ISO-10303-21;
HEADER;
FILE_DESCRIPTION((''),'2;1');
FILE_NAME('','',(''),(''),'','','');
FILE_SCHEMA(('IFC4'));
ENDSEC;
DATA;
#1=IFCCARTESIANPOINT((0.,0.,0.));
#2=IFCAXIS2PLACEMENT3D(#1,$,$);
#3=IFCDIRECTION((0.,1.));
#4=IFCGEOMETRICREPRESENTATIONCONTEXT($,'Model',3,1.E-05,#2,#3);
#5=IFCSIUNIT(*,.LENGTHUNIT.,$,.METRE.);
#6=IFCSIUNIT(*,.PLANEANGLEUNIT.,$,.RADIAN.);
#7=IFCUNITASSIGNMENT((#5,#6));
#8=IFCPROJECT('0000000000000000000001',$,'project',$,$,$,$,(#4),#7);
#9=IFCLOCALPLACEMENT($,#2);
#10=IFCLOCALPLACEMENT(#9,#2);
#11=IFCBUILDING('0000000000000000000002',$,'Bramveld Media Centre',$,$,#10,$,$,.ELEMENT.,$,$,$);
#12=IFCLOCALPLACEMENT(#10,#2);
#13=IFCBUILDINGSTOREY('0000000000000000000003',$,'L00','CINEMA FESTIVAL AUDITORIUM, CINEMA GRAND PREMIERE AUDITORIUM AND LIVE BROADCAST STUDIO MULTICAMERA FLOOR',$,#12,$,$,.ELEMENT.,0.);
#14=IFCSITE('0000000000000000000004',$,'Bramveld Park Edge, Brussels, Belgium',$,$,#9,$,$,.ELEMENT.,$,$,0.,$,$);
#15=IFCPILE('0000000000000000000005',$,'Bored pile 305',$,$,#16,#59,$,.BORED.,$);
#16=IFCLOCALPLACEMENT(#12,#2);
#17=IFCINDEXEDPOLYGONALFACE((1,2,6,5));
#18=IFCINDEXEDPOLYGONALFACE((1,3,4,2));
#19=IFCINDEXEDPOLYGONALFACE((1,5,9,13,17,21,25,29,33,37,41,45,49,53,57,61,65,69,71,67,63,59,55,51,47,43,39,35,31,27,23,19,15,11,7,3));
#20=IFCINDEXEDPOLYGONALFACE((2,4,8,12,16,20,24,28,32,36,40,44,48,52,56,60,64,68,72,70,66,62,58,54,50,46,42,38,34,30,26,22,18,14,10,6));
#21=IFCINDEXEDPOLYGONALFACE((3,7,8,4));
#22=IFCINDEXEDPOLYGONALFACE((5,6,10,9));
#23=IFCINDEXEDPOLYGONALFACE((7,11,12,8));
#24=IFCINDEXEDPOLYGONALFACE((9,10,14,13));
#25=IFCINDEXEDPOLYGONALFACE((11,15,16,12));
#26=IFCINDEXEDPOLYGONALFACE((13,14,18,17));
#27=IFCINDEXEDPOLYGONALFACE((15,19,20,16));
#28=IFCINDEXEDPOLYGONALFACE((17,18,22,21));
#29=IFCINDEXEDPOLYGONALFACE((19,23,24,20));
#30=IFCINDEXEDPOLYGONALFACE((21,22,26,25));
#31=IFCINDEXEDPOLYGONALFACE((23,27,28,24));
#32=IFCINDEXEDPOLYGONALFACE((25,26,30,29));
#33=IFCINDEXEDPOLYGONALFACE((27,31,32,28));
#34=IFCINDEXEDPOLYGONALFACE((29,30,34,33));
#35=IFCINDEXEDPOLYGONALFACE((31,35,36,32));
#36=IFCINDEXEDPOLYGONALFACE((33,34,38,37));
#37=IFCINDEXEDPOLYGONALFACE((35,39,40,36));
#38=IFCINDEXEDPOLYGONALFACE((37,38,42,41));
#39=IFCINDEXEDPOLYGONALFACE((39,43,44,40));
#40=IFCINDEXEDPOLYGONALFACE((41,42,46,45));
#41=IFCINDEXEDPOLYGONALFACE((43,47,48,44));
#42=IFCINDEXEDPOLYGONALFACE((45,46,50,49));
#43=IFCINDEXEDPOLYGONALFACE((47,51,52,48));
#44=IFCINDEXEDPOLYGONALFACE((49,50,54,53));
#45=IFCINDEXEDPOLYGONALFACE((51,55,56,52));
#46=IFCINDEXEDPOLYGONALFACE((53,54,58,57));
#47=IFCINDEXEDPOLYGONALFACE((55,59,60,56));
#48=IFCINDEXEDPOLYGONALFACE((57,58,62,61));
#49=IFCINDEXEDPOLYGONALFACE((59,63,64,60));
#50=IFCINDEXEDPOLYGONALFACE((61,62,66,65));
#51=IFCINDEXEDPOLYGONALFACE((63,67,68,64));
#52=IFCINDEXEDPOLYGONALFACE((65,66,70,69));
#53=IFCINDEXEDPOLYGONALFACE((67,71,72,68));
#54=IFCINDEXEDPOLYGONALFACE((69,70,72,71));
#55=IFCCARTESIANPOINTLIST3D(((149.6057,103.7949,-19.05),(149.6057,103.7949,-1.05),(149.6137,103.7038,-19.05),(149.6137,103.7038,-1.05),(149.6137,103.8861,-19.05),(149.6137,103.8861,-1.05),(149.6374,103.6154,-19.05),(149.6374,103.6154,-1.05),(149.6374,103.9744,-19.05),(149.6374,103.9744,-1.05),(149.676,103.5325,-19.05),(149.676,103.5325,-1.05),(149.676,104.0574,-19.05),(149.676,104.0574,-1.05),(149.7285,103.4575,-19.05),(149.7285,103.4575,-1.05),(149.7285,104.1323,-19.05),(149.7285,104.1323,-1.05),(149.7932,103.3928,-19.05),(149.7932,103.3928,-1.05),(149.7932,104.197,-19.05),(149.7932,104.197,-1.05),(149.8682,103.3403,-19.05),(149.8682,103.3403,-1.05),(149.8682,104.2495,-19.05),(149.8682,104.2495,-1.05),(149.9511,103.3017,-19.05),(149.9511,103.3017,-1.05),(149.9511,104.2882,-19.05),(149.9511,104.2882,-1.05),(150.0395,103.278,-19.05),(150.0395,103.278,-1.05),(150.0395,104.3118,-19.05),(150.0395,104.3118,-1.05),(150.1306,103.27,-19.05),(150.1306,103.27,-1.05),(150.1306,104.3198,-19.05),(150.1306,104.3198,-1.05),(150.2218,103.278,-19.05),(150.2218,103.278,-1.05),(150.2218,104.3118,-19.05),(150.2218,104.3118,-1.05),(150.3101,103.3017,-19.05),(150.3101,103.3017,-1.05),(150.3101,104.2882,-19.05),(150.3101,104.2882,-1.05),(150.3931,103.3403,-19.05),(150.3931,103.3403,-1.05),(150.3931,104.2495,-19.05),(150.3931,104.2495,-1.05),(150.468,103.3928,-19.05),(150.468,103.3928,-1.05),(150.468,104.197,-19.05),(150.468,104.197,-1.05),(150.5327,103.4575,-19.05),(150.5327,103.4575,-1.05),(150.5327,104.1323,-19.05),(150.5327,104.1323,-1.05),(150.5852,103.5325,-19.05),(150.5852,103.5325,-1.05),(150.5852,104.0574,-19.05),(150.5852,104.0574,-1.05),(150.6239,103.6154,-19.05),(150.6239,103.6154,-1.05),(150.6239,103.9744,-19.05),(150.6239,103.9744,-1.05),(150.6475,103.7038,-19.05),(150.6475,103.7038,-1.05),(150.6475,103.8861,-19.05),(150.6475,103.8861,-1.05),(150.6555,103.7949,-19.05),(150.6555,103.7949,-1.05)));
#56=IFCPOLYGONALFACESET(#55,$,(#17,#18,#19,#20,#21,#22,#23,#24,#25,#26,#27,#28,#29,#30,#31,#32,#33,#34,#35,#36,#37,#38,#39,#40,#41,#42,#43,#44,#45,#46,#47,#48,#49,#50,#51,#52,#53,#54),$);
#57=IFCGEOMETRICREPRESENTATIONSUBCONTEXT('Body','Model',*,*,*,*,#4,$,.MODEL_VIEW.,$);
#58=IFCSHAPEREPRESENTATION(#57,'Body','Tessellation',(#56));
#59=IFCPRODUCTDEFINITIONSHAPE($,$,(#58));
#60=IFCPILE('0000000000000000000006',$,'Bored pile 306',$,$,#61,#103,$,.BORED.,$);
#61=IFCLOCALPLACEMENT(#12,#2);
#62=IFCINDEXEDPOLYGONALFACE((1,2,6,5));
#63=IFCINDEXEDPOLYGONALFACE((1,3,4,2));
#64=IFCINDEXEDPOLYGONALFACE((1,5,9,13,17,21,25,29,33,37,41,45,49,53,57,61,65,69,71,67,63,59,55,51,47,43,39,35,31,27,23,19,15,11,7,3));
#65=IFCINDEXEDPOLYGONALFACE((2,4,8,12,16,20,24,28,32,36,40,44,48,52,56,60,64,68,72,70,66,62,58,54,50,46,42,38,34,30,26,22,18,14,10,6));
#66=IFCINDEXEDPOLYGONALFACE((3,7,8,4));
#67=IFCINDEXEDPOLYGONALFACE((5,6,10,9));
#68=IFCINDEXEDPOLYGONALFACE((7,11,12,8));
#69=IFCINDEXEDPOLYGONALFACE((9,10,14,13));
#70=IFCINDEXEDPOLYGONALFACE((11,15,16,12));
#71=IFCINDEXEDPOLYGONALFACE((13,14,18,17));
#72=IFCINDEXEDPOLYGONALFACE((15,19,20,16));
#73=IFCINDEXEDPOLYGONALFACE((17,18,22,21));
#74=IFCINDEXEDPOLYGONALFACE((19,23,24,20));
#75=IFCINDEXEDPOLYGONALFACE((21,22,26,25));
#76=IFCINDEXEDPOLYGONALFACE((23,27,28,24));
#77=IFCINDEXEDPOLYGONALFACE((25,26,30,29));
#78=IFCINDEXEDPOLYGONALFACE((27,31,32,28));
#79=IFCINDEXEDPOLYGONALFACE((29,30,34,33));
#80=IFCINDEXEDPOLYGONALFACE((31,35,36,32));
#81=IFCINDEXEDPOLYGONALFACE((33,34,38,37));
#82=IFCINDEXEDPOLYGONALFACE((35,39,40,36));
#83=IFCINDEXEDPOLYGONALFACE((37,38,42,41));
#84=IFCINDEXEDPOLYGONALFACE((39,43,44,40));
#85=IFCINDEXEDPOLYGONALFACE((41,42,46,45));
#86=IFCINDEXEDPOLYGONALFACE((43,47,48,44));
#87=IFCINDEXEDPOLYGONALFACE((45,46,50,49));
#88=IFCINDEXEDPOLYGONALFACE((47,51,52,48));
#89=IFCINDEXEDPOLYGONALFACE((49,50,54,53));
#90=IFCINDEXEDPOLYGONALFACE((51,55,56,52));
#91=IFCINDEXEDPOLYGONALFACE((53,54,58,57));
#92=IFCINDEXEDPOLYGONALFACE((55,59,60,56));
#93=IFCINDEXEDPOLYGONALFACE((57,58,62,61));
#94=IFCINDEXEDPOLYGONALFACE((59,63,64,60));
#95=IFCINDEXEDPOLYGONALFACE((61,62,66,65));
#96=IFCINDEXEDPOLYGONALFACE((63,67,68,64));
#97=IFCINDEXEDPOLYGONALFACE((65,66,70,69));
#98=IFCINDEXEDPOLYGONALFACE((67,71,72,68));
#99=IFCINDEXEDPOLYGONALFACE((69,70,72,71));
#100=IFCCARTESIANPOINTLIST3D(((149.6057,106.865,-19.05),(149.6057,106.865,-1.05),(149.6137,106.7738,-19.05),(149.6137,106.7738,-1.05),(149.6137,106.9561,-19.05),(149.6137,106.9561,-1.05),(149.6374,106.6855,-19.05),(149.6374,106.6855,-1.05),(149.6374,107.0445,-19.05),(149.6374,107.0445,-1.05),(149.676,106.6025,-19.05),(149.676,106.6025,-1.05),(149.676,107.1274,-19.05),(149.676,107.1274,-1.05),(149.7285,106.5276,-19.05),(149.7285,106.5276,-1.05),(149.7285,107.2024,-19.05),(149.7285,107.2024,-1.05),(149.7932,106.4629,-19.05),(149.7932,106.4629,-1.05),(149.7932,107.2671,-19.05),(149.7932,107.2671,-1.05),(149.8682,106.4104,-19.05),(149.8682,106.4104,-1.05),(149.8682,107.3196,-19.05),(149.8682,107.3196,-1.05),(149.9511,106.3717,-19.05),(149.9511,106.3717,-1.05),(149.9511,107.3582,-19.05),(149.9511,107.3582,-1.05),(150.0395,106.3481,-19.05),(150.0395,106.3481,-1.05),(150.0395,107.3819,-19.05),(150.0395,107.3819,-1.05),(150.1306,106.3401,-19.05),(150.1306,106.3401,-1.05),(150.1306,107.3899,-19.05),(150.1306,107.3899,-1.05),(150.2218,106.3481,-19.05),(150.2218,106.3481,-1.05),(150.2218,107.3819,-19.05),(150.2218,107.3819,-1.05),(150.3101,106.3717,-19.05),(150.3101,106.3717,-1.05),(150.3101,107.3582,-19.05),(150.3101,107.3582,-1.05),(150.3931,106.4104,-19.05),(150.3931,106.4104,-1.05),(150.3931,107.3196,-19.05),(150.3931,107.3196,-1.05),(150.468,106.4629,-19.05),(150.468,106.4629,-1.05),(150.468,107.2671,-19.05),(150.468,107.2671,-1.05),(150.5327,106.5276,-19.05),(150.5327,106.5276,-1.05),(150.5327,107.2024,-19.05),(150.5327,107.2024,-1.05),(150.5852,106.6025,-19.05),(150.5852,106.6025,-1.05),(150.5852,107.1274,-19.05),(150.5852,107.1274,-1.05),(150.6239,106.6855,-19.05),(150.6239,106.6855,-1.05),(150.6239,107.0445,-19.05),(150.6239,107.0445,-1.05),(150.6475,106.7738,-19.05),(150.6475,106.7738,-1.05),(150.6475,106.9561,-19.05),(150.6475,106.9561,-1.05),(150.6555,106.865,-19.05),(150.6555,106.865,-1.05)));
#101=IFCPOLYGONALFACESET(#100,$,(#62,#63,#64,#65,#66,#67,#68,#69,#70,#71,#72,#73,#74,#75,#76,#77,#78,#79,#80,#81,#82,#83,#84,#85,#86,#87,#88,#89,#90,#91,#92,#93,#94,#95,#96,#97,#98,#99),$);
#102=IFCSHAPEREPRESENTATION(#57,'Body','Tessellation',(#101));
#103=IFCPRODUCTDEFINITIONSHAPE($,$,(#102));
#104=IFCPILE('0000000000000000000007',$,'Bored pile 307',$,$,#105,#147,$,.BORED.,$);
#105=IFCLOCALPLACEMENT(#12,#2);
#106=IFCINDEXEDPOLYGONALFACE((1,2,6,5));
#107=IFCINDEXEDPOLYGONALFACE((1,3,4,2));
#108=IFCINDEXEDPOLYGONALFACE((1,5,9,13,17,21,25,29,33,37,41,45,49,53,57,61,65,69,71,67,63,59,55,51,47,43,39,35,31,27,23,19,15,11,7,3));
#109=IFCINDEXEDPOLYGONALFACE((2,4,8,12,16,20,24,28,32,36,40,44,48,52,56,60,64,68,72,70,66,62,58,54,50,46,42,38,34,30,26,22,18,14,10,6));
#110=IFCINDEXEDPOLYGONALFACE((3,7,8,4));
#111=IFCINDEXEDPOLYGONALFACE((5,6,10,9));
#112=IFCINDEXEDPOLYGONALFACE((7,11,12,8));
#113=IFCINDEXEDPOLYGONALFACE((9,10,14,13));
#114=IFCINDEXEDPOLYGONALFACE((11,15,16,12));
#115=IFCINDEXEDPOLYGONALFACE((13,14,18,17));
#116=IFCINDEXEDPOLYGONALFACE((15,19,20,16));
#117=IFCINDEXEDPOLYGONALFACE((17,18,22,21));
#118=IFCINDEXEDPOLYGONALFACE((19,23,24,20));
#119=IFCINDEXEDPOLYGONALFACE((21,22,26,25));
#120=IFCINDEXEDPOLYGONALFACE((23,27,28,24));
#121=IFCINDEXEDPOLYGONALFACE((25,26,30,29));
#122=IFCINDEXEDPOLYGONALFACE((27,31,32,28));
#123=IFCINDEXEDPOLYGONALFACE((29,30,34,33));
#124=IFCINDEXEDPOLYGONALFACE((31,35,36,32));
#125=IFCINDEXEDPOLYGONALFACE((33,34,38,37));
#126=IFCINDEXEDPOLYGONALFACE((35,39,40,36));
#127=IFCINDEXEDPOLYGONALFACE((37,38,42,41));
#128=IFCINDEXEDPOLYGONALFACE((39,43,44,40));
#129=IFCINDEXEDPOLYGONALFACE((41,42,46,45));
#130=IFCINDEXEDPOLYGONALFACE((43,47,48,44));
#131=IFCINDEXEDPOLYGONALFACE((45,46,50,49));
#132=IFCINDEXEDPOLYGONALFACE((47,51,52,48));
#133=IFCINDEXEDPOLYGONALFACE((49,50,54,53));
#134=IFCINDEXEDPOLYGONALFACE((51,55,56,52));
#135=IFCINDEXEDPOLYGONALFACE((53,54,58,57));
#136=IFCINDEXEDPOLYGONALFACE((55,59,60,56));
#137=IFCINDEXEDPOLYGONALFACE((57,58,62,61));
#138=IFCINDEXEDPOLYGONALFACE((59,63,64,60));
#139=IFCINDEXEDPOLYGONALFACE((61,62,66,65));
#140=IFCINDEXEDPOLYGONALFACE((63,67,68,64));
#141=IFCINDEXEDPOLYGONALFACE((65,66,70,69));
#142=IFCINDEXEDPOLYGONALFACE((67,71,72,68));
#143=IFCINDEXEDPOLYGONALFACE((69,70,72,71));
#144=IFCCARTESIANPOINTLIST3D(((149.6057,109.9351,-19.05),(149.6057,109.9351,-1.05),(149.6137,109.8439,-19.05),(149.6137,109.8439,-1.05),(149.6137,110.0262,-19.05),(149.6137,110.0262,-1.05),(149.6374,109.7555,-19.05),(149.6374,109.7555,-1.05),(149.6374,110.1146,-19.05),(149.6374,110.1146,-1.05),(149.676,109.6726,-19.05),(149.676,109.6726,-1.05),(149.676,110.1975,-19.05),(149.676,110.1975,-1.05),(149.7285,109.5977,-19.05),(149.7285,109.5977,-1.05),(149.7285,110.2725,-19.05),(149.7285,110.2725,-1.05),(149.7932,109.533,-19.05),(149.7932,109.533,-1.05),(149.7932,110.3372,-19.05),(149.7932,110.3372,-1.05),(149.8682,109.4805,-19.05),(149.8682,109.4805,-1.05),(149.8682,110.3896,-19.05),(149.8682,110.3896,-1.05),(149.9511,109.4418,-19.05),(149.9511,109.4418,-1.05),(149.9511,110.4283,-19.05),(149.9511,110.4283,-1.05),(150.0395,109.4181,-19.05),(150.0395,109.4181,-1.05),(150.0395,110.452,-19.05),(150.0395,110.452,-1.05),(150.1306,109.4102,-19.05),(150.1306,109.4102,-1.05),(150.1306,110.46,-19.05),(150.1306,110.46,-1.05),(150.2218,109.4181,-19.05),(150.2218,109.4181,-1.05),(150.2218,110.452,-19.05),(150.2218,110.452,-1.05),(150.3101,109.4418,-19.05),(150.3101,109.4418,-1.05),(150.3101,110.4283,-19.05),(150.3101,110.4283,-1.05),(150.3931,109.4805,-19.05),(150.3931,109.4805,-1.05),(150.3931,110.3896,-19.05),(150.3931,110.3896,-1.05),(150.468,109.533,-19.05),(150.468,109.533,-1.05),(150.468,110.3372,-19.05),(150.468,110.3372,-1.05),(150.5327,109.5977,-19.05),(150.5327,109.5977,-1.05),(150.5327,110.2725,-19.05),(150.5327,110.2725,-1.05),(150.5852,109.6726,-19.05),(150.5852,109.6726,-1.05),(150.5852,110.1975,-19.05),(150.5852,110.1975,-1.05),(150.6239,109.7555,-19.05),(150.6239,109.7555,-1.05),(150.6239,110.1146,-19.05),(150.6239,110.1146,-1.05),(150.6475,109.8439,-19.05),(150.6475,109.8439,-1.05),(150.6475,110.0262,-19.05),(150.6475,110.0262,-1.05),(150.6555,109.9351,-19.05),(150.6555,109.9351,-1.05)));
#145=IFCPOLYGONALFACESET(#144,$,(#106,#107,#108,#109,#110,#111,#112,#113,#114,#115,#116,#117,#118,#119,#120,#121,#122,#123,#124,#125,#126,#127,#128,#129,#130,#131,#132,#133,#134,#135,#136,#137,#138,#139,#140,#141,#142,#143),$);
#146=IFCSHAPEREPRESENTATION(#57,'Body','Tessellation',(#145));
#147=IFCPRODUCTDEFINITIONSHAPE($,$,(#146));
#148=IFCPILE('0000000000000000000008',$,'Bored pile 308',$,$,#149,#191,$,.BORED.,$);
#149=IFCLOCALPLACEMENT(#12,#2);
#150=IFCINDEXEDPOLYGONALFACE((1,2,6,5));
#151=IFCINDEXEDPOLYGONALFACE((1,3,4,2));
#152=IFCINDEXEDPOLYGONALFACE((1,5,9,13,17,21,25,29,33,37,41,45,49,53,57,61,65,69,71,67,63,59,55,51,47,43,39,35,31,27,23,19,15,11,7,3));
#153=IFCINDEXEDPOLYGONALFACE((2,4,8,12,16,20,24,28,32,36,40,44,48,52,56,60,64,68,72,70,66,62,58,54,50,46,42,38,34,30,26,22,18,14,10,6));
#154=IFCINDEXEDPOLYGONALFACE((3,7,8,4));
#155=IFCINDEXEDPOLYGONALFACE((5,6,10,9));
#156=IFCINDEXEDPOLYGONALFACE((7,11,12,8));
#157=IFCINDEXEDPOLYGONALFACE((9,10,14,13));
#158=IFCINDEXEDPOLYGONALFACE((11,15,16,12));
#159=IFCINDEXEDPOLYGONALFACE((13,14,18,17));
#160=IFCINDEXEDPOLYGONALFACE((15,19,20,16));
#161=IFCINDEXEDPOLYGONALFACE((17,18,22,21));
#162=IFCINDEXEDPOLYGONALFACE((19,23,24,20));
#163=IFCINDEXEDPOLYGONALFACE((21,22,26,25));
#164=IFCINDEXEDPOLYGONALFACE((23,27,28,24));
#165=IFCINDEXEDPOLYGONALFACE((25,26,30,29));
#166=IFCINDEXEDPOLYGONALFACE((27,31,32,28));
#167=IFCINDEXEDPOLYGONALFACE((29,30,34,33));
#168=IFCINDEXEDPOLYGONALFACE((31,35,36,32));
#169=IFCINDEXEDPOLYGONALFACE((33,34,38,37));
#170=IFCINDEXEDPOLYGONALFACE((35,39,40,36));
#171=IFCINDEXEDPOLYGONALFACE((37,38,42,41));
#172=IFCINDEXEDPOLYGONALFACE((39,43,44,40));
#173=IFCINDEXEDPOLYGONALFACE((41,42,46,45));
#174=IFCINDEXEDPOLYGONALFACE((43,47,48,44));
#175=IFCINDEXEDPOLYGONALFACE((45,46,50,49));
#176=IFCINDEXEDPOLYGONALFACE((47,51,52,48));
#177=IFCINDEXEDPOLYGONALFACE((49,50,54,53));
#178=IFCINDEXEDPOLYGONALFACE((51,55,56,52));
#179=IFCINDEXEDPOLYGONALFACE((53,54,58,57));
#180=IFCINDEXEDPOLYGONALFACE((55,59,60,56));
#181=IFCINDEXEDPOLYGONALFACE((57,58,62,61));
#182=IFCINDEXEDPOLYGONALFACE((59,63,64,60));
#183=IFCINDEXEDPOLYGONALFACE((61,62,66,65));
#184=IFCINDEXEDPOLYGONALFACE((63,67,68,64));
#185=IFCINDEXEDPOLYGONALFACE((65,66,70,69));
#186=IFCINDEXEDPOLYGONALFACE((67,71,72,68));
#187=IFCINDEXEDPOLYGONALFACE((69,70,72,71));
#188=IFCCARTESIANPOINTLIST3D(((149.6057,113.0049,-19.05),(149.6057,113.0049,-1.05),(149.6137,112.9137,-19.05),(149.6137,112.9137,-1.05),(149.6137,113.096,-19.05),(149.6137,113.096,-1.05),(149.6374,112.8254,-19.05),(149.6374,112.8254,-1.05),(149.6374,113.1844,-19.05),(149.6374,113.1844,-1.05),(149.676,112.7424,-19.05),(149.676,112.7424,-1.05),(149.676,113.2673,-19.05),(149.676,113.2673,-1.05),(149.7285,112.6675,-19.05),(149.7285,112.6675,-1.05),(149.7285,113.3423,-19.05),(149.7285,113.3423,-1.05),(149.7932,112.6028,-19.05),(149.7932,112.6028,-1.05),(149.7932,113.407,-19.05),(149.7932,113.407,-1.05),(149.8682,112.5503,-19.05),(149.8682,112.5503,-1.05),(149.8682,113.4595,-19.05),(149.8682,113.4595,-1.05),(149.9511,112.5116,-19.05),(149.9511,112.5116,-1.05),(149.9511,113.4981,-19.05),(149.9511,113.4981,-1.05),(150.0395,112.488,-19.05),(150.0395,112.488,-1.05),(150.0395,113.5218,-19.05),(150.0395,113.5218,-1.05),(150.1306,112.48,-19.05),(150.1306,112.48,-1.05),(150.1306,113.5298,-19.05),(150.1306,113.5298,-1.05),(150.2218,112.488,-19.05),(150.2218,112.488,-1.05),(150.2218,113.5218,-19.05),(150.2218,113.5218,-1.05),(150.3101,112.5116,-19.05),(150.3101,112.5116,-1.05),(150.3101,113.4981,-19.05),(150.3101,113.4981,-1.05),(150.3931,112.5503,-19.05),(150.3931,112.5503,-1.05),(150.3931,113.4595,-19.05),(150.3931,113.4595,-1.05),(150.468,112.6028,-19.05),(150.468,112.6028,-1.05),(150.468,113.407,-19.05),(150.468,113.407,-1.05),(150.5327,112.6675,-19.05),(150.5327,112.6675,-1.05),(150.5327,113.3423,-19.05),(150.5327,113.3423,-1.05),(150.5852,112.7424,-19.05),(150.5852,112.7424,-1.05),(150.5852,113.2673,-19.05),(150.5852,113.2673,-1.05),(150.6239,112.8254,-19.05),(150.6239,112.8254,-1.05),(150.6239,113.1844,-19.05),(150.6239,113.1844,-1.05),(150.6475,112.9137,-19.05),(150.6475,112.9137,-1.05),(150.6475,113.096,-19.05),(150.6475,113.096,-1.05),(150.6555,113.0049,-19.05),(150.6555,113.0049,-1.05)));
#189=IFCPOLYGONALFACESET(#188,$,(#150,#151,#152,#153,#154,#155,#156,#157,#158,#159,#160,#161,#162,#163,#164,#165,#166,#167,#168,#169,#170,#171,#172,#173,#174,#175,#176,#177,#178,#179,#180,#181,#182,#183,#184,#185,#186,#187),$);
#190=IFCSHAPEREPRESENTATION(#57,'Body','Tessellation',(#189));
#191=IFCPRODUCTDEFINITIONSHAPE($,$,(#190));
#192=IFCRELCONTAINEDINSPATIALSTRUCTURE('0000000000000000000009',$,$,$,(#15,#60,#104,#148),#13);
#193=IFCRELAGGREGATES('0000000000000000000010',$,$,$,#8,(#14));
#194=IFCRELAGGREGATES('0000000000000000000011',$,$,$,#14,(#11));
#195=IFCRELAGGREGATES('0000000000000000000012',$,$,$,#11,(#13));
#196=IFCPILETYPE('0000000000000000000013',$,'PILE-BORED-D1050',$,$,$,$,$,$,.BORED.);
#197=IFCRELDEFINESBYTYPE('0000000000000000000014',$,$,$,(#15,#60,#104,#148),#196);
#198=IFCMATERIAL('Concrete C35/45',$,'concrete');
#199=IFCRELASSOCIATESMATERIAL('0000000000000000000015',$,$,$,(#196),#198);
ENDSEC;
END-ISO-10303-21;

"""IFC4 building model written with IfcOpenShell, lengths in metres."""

from ifc_helpers import new_model, si_unit, direction, frame, origin, origin_2d, place, context, subcontext, project, spatial, circle, extrude, material, material_profile, profile_set, type_object, element, save


model = new_model("IFC4")

# Units and contexts
model_context = context("Model", 3, precision=1e-05, world=origin(), true_north=direction((0.0, 1.0)))
body_context = subcontext(model_context, "Body", "Model", "MODEL_VIEW")
ifc_project = project(units=[si_unit("LENGTHUNIT", "METRE"), si_unit("PLANEANGLEUNIT", "RADIAN")], contexts=[model_context])

# Site, building, storey
site_placement = place(None, origin())
site = spatial("IfcSite", under=ifc_project, at=site_placement, Name="Bramveld Park Edge, Brussels, Belgium", CompositionType="ELEMENT", RefElevation=0.0)
building_placement = place(site_placement, origin())
building = spatial("IfcBuilding", under=site, at=building_placement, Name="Bramveld Media Centre", CompositionType="ELEMENT")
storey_placement = place(building_placement, origin())
storey = spatial("IfcBuildingStorey", under=building, at=storey_placement, Name="L00", Description="CINEMA FESTIVAL AUDITORIUM, CINEMA GRAND PREMIERE AUDITORIUM AND LIVE BROADCAST STUDIO MULTICAMERA FLOOR", CompositionType="ELEMENT", Elevation=0.0)

# Piles
ifc_material_1 = material(Name="Concrete C35/45", Category="concrete")
ifc_material_profile_1 = material_profile(ifc_material_1, circle(Radius=0.5249, at=origin_2d()), Name="BORED D1050")
ifc_profile_set_1 = profile_set([ifc_material_profile_1], Name="Concrete C35/45")
pile_type = type_object("IfcPileType", Name="PILE-BORED-D1050", PredefinedType="BORED", material=ifc_profile_set_1)
for number, where, z_axis, x_axis, name in (
    (1, (150.1306, 103.7949, -1.05), (0.0, 0.0, -1.0), (1.0, 0.0, 0.0), "Bored pile 305"),
    (2, (150.1306, 106.865, -1.05), (0.0, 0.0, -1.0), (1.0, 0.0, 0.0), "Bored pile 306"),
    (3, (150.1306, 109.9351, -1.05), (0.0, 0.0, -1.0), (1.0, 0.0, 0.0), "Bored pile 307"),
    (4, (150.1306, 113.0049, -1.05), (0.0, 0.0, -1.0), (1.0, 0.0, 0.0), "Bored pile 308"),
):
    element("IfcPile", number, at=place(storey_placement, frame(where, z_axis=z_axis, x_axis=x_axis)), inside=storey, type_object=pile_type, Name=name, PredefinedType="BORED", context=body_context, shape_type="SweptSolid", body=[
        extrude(circle(Radius=0.5249, at=origin_2d()), origin(), (0.0, 0.0, 1.0), 18.0),
    ])

save(model, "model.ifc")
